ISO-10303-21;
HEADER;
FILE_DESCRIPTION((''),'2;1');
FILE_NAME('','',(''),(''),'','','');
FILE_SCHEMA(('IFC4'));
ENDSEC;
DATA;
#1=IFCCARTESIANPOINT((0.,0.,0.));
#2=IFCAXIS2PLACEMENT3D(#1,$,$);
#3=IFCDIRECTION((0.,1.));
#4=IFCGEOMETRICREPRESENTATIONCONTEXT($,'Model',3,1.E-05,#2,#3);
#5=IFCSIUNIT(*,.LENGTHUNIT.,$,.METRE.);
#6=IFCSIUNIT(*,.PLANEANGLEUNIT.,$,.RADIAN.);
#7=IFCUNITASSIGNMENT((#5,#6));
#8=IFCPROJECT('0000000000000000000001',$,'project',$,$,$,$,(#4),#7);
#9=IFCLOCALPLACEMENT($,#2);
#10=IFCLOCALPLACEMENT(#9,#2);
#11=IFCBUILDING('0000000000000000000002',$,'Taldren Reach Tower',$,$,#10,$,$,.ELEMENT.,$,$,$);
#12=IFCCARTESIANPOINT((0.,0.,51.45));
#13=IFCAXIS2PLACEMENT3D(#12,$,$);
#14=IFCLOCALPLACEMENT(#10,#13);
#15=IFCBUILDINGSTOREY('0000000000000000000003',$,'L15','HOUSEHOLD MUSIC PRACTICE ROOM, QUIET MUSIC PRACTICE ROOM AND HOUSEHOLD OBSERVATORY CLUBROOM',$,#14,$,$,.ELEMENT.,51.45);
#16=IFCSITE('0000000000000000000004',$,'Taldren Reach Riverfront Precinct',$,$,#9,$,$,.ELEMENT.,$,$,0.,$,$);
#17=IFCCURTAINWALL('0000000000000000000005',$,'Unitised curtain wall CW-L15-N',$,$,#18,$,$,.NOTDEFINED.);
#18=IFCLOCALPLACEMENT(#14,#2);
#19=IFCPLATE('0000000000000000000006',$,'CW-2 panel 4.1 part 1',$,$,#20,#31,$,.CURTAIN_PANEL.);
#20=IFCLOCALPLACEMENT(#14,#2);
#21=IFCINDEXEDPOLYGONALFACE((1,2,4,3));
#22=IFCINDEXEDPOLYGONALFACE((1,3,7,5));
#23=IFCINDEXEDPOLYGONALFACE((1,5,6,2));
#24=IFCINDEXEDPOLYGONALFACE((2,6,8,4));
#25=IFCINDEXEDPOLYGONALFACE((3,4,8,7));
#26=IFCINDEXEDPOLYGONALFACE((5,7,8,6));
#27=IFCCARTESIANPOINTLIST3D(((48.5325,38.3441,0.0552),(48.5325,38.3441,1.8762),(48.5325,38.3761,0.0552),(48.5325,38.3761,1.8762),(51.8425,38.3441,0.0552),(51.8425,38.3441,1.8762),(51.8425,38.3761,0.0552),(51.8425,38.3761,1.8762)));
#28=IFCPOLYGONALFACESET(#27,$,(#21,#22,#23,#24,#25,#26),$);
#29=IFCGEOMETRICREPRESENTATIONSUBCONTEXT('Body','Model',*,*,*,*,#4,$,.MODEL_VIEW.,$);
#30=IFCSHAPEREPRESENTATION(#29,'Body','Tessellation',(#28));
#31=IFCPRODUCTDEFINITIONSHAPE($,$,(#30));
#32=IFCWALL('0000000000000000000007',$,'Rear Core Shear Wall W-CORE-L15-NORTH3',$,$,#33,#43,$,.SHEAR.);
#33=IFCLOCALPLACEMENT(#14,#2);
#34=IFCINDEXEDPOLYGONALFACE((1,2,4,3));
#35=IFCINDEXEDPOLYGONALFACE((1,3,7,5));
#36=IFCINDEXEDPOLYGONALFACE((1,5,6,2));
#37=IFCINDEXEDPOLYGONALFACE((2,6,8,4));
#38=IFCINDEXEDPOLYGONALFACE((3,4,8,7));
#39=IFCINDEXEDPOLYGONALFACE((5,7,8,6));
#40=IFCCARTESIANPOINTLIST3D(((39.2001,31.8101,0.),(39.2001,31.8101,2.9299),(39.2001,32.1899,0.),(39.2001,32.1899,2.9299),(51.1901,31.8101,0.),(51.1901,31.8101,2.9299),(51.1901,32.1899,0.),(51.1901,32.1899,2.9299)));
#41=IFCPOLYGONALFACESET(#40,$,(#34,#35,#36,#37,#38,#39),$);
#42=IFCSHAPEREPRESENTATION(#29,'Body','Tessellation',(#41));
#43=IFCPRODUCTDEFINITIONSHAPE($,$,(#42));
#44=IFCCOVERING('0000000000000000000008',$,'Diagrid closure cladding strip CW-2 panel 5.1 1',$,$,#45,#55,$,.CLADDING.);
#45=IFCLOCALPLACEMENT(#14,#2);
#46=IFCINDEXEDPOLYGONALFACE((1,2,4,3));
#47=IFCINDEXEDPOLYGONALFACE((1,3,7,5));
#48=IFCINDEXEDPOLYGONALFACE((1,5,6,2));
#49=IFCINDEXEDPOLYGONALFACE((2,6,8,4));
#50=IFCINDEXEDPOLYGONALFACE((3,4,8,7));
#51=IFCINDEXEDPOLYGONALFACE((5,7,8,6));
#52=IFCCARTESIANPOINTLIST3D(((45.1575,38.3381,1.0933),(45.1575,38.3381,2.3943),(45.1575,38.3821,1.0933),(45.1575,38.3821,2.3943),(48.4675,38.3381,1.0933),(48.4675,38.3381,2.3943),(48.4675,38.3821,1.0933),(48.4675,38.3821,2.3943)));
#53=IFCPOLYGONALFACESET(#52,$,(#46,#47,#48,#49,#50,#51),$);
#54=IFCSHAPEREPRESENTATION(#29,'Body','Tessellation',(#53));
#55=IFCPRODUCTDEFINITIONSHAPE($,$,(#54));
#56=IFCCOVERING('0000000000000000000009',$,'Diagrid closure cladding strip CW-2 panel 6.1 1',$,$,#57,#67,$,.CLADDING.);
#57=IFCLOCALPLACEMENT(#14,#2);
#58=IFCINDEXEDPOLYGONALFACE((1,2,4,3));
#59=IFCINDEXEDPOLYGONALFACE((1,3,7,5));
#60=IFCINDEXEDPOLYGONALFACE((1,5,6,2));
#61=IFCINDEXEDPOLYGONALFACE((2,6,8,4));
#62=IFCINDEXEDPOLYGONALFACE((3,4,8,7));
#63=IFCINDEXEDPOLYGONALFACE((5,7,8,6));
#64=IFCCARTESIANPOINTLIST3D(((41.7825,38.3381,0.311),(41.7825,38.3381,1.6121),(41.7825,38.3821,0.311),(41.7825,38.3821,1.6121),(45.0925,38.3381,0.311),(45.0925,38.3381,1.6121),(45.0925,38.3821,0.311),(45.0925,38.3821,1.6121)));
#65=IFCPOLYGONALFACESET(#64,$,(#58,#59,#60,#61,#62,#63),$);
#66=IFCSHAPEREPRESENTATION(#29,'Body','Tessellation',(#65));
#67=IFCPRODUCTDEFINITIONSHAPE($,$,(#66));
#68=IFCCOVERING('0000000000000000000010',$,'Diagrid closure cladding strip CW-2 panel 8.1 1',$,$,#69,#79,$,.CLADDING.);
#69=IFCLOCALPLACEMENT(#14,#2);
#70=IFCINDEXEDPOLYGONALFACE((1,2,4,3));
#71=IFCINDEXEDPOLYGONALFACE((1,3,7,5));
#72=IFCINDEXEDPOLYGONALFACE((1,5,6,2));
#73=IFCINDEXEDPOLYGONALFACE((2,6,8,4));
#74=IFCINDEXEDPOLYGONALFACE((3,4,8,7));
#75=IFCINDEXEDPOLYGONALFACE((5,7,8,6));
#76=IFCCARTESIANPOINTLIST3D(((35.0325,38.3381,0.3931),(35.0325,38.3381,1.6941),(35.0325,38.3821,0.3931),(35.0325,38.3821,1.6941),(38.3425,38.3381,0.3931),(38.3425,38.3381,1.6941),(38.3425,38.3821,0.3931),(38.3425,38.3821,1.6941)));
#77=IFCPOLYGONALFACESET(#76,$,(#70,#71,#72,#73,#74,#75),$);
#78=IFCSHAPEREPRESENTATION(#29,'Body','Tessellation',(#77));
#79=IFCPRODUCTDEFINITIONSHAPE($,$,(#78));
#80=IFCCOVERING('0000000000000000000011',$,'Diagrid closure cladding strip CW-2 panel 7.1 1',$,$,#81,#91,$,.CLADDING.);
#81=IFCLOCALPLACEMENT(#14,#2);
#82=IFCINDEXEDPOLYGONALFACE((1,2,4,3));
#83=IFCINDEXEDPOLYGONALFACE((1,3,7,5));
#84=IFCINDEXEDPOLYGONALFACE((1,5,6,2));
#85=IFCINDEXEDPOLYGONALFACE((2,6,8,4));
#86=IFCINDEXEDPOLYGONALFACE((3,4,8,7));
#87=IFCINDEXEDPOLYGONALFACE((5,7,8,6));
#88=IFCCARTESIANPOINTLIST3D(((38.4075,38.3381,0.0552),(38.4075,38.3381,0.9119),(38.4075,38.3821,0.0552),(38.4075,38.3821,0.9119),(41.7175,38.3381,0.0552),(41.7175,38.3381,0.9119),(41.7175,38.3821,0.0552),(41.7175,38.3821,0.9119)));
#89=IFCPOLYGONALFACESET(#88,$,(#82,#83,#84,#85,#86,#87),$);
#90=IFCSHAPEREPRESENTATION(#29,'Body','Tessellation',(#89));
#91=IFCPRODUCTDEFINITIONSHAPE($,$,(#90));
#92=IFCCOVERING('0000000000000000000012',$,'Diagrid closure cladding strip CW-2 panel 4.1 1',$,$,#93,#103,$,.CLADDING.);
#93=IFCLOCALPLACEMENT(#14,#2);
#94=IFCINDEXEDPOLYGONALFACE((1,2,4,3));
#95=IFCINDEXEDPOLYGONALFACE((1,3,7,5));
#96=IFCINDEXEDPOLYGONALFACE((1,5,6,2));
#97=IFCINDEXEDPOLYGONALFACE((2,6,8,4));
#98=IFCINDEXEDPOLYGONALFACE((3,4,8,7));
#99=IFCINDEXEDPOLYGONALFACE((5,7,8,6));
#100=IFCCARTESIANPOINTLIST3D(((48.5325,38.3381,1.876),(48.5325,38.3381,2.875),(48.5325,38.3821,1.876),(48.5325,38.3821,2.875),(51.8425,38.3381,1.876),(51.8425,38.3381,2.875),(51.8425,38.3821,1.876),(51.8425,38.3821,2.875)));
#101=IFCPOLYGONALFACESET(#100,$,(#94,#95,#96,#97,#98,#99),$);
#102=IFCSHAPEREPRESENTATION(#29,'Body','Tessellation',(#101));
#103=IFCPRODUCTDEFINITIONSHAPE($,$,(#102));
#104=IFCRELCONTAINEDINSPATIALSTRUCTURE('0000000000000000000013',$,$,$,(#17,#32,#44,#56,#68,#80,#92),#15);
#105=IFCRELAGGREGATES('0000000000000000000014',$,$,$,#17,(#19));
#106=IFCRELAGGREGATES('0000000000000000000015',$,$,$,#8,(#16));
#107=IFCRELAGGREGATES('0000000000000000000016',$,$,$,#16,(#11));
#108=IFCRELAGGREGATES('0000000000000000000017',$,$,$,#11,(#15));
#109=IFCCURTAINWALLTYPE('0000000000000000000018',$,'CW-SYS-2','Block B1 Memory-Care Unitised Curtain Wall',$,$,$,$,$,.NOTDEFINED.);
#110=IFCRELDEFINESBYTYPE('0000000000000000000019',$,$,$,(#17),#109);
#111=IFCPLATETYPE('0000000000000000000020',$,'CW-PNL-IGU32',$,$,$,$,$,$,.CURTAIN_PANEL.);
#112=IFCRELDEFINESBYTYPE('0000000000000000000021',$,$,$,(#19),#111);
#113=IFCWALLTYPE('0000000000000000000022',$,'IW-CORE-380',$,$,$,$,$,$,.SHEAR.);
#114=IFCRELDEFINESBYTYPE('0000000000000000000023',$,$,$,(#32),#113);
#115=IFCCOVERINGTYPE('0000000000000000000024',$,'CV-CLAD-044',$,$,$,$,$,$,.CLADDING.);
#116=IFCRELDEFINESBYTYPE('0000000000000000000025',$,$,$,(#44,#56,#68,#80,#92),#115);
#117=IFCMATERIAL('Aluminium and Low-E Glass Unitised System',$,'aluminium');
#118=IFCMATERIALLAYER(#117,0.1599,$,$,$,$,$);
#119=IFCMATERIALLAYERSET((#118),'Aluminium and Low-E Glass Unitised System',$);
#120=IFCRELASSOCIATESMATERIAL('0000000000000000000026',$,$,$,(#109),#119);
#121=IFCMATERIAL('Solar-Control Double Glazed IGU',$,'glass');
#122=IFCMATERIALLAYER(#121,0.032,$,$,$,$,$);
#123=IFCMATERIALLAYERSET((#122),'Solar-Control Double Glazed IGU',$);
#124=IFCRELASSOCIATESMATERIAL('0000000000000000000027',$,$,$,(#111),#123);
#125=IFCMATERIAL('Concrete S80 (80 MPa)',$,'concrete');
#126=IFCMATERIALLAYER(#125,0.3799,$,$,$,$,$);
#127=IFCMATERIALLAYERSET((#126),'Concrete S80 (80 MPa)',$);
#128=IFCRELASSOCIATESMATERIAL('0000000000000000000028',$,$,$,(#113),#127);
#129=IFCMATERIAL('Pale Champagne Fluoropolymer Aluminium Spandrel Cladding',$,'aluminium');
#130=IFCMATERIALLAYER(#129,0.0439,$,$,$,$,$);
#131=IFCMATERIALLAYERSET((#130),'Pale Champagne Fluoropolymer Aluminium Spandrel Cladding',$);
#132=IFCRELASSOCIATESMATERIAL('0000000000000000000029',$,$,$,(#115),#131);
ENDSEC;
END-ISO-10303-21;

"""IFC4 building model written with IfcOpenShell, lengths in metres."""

from ifc_helpers import new_model, si_unit, direction, frame, frame_2d, origin, origin_2d, place, context, subcontext, project, spatial, rectangle, extrude, source, transform, mapped, material, layer, layer_set, type_object, element, aggregate, save


model = new_model("IFC4")

# Units and contexts
model_context = context("Model", 3, precision=1e-05, world=origin(), true_north=direction((0.0, 1.0)))
body_context = subcontext(model_context, "Body", "Model", "MODEL_VIEW")
ifc_project = project(units=[si_unit("LENGTHUNIT", "METRE"), si_unit("PLANEANGLEUNIT", "RADIAN")], contexts=[model_context])

# Site, building, storey
site_placement = place(None, origin())
site = spatial("IfcSite", under=ifc_project, at=site_placement, Name="Taldren Reach Riverfront Precinct", CompositionType="ELEMENT", RefElevation=0.0)
building_placement = place(site_placement, origin())
building = spatial("IfcBuilding", under=site, at=building_placement, Name="Taldren Reach Tower", CompositionType="ELEMENT")
storey_placement = place(building_placement, frame((0.0, 0.0, 51.45)))
storey = spatial("IfcBuildingStorey", under=building, at=storey_placement, Name="L15", Description="HOUSEHOLD MUSIC PRACTICE ROOM, QUIET MUSIC PRACTICE ROOM AND HOUSEHOLD OBSERVATORY CLUBROOM", CompositionType="ELEMENT", Elevation=51.45)

# Curtain wall
ifc_material_1 = material(Name="Aluminium and Low-E Glass Unitised System", Category="aluminium")
ifc_layer_1 = layer(ifc_material_1, 0.1599)
ifc_layer_set_1 = layer_set([ifc_layer_1], Name="Aluminium and Low-E Glass Unitised System")
curtain_wall_type = type_object("IfcCurtainWallType", Name="CW-SYS-2", Description="Block B1 Memory-Care Unitised Curtain Wall", PredefinedType="NOTDEFINED", material=ifc_layer_set_1)
curtain_wall_placement = place(storey_placement, origin())
curtain_wall = element("IfcCurtainWall", 1, at=curtain_wall_placement, inside=storey, type_object=curtain_wall_type, Name="Unitised curtain wall CW-L15-N", PredefinedType="NOTDEFINED")

# Plate
ifc_material_2 = material(Name="Solar-Control Double Glazed IGU", Category="glass")
ifc_layer_2 = layer(ifc_material_2, 0.032)
ifc_layer_set_2 = layer_set([ifc_layer_2], Name="Solar-Control Double Glazed IGU")
plate_type_1 = type_object("IfcPlateType", Name="CW-PNL-IGU32", PredefinedType="CURTAIN_PANEL", material=ifc_layer_set_2)
shared_shape_1 = source(origin(), body_context, "Body", "SweptSolid", [
    extrude(rectangle(XDim=3.3101, YDim=0.032, at=origin_2d()), origin(), (0.0, 0.0, 1.0), 1.821),
])
plate_1_placement = place(storey_placement, frame((50.1875, 38.3601, 0.0552), z_axis=(0.0, 0.0, 1.0), x_axis=(-1.0, 0.0, 0.0)))
plate_1 = element("IfcPlate", 2, at=plate_1_placement, type_object=plate_type_1, Name="CW-2 panel 4.1 part 1", PredefinedType="CURTAIN_PANEL", context=body_context, shape_type="MappedRepresentation", body=[
    mapped(shared_shape_1, transform((0.0, 0.0, 0.0), scale=1.0)),
])
aggregate(curtain_wall, [plate_1])

# Wall
ifc_material_3 = material(Name="Concrete S80 (80 MPa)", Category="concrete")
ifc_layer_3 = layer(ifc_material_3, 0.3799)
ifc_layer_set_3 = layer_set([ifc_layer_3], Name="Concrete S80 (80 MPa)")
wall_type = type_object("IfcWallType", Name="IW-CORE-380", PredefinedType="SHEAR", material=ifc_layer_set_3)
shared_shape_2 = source(origin(), body_context, "Body", "SweptSolid", [
    extrude(rectangle(XDim=11.99, YDim=0.3799, at=frame_2d((5.9951, 0.0))), origin(), (0.0, 0.0, 1.0), 2.9299),
])
wall_placement = place(storey_placement, frame((39.2, 32.0, 0.0), z_axis=(0.0, 0.0, 1.0), x_axis=(1.0, 0.0, 0.0)))
element("IfcWall", 3, at=wall_placement, inside=storey, type_object=wall_type, Name="Rear Core Shear Wall W-CORE-L15-NORTH3", PredefinedType="SHEAR", context=body_context, shape_type="MappedRepresentation", body=[
    mapped(shared_shape_2, transform((0.0, 0.0, 0.0), scale=1.0)),
])

# Coverings
ifc_material_4 = material(Name="Pale Champagne Fluoropolymer Aluminium Spandrel Cladding", Category="aluminium")
ifc_layer_4 = layer(ifc_material_4, 0.0439)
ifc_layer_set_4 = layer_set([ifc_layer_4], Name="Pale Champagne Fluoropolymer Aluminium Spandrel Cladding")
covering_type = type_object("IfcCoveringType", Name="CV-CLAD-044", PredefinedType="CLADDING", material=ifc_layer_set_4)
shared_shape_3 = source(origin(), body_context, "Body", "SweptSolid", [
    extrude(rectangle(XDim=3.3101, YDim=0.0439, at=origin_2d()), origin(), (0.0, 0.0, 1.0), 1.301),
])
for number, where, z_axis, x_axis, name in (
    (4, (46.8125, 38.3601, 1.0933), (0.0, 0.0, 1.0), (-1.0, 0.0, 0.0), "Diagrid closure cladding strip CW-2 panel 5.1 1"),
    (5, (43.4375, 38.3601, 0.311), (0.0, 0.0, 1.0), (-1.0, 0.0, 0.0), "Diagrid closure cladding strip CW-2 panel 6.1 1"),
    (6, (36.6875, 38.3601, 0.3931), (0.0, 0.0, 1.0), (-1.0, 0.0, 0.0), "Diagrid closure cladding strip CW-2 panel 8.1 1"),
):
    element("IfcCovering", number, at=place(storey_placement, frame(where, z_axis=z_axis, x_axis=x_axis)), inside=storey, type_object=covering_type, Name=name, PredefinedType="CLADDING", context=body_context, shape_type="MappedRepresentation", body=[
        mapped(shared_shape_3, transform((0.0, 0.0, 0.0), scale=1.0)),
    ])
shared_shape_4 = source(origin(), body_context, "Body", "SweptSolid", [
    extrude(rectangle(XDim=3.3101, YDim=0.0439, at=origin_2d()), origin(), (0.0, 0.0, 1.0), 0.8567),
])
covering_1_placement = place(storey_placement, frame((40.0625, 38.3601, 0.0552), z_axis=(0.0, 0.0, 1.0), x_axis=(-1.0, 0.0, 0.0)))
element("IfcCovering", 7, at=covering_1_placement, inside=storey, type_object=covering_type, Name="Diagrid closure cladding strip CW-2 panel 7.1 1", PredefinedType="CLADDING", context=body_context, shape_type="MappedRepresentation", body=[
    mapped(shared_shape_4, transform((0.0, 0.0, 0.0), scale=1.0)),
])
shared_shape_5 = source(origin(), body_context, "Body", "SweptSolid", [
    extrude(rectangle(XDim=3.3101, YDim=0.0439, at=origin_2d()), origin(), (0.0, 0.0, 1.0), 0.999),
])
covering_2_placement = place(storey_placement, frame((50.1875, 38.3601, 1.876), z_axis=(0.0, 0.0, 1.0), x_axis=(-1.0, 0.0, 0.0)))
element("IfcCovering", 8, at=covering_2_placement, inside=storey, type_object=covering_type, Name="Diagrid closure cladding strip CW-2 panel 4.1 1", PredefinedType="CLADDING", context=body_context, shape_type="MappedRepresentation", body=[
    mapped(shared_shape_5, transform((0.0, 0.0, 0.0), scale=1.0)),
])

save(model, "model.ifc")
